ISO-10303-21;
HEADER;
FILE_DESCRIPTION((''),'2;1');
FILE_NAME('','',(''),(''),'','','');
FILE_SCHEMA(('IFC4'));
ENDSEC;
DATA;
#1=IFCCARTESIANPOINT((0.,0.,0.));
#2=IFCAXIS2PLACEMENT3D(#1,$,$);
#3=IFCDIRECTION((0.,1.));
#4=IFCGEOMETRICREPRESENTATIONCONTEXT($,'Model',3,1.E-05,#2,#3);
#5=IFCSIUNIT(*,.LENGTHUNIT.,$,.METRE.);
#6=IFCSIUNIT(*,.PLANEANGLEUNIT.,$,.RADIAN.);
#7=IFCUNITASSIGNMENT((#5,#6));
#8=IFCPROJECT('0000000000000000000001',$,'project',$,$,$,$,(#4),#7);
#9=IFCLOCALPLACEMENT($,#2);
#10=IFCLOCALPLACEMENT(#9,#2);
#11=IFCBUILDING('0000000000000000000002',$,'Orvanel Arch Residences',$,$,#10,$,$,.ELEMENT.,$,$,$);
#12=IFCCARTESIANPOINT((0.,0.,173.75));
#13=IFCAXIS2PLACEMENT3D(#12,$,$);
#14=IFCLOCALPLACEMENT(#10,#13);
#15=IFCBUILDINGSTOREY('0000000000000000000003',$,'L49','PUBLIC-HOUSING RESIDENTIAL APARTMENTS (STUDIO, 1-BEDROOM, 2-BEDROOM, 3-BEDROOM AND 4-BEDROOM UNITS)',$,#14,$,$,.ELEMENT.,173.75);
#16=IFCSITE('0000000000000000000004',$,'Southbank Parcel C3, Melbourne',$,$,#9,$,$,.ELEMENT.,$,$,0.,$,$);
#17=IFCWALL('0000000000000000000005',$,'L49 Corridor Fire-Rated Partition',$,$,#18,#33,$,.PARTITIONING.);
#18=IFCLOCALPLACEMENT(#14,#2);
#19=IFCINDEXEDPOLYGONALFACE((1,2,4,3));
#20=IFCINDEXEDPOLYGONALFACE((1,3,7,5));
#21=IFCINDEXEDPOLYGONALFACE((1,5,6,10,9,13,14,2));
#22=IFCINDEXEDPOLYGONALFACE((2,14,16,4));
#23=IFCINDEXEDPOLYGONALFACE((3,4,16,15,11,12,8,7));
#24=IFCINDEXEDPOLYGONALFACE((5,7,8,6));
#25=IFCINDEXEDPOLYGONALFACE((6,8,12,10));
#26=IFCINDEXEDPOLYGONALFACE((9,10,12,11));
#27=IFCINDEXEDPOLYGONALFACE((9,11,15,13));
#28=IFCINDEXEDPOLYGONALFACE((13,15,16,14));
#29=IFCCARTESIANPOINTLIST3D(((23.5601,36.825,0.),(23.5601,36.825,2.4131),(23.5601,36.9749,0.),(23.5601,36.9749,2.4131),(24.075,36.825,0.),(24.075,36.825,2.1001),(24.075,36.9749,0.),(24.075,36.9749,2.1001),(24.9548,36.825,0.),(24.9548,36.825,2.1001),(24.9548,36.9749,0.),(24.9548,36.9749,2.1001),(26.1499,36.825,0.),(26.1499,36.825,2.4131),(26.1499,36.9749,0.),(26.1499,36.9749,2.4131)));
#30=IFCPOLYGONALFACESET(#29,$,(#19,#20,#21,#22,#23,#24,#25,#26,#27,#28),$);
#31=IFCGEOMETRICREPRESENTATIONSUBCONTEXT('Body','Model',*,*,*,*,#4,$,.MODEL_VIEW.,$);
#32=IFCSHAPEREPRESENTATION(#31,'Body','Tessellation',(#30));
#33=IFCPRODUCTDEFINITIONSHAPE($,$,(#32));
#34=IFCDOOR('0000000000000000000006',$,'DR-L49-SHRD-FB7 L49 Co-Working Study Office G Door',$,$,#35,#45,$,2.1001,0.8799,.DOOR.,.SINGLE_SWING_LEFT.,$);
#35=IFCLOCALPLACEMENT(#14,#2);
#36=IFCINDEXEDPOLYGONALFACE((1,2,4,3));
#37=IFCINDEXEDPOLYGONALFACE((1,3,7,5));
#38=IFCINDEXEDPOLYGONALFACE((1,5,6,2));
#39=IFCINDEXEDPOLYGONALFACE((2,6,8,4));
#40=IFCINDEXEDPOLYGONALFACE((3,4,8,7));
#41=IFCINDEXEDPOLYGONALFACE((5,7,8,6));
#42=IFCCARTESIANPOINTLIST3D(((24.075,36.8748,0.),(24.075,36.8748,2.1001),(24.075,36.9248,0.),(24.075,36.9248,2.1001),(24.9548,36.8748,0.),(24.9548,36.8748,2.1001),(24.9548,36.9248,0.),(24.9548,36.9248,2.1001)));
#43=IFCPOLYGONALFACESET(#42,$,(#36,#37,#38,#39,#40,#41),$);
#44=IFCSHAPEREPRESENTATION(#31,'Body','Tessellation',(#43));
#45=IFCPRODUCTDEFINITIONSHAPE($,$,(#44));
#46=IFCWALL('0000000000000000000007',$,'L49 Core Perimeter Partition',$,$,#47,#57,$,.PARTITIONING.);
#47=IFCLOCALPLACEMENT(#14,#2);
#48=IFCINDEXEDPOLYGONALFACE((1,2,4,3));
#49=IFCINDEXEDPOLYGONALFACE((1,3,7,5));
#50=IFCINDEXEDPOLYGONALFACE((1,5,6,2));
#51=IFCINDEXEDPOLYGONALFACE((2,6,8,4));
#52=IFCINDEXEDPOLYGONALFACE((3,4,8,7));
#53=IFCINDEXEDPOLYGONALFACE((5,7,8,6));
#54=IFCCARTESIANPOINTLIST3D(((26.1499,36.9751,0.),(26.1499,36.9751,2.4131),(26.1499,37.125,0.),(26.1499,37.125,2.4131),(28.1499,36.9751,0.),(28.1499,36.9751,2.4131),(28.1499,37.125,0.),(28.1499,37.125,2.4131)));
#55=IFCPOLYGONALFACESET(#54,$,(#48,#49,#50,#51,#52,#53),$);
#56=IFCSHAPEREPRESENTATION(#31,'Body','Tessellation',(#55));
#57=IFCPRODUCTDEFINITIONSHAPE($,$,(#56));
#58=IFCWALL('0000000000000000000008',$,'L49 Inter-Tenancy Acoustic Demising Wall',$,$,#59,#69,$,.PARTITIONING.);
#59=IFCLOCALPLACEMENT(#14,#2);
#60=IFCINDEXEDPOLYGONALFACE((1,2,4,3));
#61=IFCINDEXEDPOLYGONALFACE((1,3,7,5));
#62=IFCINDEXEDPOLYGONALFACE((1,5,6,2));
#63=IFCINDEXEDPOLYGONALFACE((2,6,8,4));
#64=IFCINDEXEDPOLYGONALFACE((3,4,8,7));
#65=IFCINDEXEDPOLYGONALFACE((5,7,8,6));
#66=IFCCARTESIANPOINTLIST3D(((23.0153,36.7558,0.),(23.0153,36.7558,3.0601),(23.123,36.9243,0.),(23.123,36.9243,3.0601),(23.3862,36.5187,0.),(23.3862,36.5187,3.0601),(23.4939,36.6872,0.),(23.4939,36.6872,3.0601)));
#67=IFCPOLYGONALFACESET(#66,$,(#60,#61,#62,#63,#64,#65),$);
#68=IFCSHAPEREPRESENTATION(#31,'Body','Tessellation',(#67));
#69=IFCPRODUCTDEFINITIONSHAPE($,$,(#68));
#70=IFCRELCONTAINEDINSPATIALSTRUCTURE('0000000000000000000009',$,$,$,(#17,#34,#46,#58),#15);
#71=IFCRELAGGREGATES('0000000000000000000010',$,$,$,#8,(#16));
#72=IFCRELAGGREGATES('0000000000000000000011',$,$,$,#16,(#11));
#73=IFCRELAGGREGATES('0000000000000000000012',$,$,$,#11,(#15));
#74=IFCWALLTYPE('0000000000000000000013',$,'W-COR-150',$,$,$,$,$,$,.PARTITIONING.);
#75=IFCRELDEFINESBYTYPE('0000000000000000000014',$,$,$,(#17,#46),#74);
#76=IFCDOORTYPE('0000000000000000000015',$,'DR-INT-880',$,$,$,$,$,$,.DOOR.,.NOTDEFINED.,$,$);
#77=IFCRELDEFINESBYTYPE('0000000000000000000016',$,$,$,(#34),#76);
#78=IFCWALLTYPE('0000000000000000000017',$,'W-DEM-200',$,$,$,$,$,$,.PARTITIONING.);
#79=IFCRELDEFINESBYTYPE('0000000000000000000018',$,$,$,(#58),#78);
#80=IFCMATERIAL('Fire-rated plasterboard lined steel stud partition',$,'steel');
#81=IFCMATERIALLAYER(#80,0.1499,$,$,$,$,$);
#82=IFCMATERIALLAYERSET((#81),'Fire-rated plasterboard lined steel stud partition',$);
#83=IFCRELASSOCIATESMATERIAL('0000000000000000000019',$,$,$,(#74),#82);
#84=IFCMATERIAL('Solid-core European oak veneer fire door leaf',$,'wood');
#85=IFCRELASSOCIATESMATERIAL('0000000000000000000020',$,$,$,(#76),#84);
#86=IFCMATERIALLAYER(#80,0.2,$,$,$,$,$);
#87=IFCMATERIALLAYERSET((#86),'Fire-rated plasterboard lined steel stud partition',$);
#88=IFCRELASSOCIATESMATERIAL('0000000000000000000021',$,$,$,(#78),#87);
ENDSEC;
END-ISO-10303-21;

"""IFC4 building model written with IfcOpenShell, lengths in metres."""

from ifc_helpers import new_model, si_unit, direction, frame, frame_2d, origin, place, context, subcontext, project, spatial, rectangle, extrude, material, layer, layer_set, type_object, element, fill, save


model = new_model("IFC4")

# Units and contexts
model_context = context("Model", 3, precision=1e-05, world=origin(), true_north=direction((0.0, 1.0)))
body_context = subcontext(model_context, "Body", "Model", "MODEL_VIEW")
ifc_project = project(units=[si_unit("LENGTHUNIT", "METRE"), si_unit("PLANEANGLEUNIT", "RADIAN")], contexts=[model_context])

# Site, building, storey
site_placement = place(None, origin())
site = spatial("IfcSite", under=ifc_project, at=site_placement, Name="Southbank Parcel C3, Melbourne", CompositionType="ELEMENT", RefElevation=0.0)
building_placement = place(site_placement, origin())
building = spatial("IfcBuilding", under=site, at=building_placement, Name="Orvanel Arch Residences", CompositionType="ELEMENT")
storey_placement = place(building_placement, frame((0.0, 0.0, 173.75)))
storey = spatial("IfcBuildingStorey", under=building, at=storey_placement, Name="L49", Description="PUBLIC-HOUSING RESIDENTIAL APARTMENTS (STUDIO, 1-BEDROOM, 2-BEDROOM, 3-BEDROOM AND 4-BEDROOM UNITS)", CompositionType="ELEMENT", Elevation=173.75)

# Shared definitions
ifc_material_1 = material(Name="Solid-core European oak veneer fire door leaf", Category="wood")

# Shared definitions
ifc_material_2 = material(Name="Fire-rated plasterboard lined steel stud partition", Category="steel")
ifc_layer_1 = layer(ifc_material_2, 0.1499)
ifc_layer_set_1 = layer_set([ifc_layer_1], Name="Fire-rated plasterboard lined steel stud partition")
wall_type_1 = type_object("IfcWallType", Name="W-COR-150", PredefinedType="PARTITIONING", material=ifc_layer_set_1)

# Wall, opening, door
wall_1_placement = place(storey_placement, frame((23.5601, 36.8999, 0.0), z_axis=(0.0, 0.0, 1.0), x_axis=(1.0, 0.0, 0.0)))
wall_1 = element("IfcWall", 1, at=wall_1_placement, inside=storey, type_object=wall_type_1, Name="L49 Corridor Fire-Rated Partition", PredefinedType="PARTITIONING", context=body_context, shape_type="SweptSolid", body=[
    extrude(rectangle(XDim=2.5898, YDim=0.1499, at=frame_2d((1.2949, 0.0))), origin(), (0.0, 0.0, 1.0), 2.4131),
])
opening_1_placement = place(wall_1_placement, frame((0.5149, 0.0, 0.0)))
opening_1 = element("IfcOpeningElement", 2, at=opening_1_placement, cuts=wall_1, PredefinedType="OPENING", context=body_context, shape_type="SweptSolid", body=[
    extrude(rectangle(XDim=0.8799, YDim=2.1001, at=frame_2d((0.4399, 1.05))), frame((0.0, 0.085, 0.0), z_axis=(0.0, -1.0, 0.0), x_axis=(1.0, 0.0, 0.0)), (0.0, 0.0, 1.0), 0.1699),
])
door_type_1 = type_object("IfcDoorType", Name="DR-INT-880", OperationType="NOTDEFINED", PredefinedType="DOOR", material=ifc_material_1)
door_1_placement = place(opening_1_placement, origin())
door_1 = element("IfcDoor", 3, at=door_1_placement, inside=storey, type_object=door_type_1, Name="DR-L49-SHRD-FB7 L49 Co-Working Study Office G Door", OperationType="SINGLE_SWING_LEFT", OverallHeight=2.1001, OverallWidth=0.8799, PredefinedType="DOOR", context=body_context, shape_type="SweptSolid", body=[
    extrude(rectangle(XDim=0.8799, YDim=2.1001, at=frame_2d((0.4399, 1.05))), frame((0.0, 0.0249, 0.0), z_axis=(0.0, -1.0, 0.0), x_axis=(1.0, 0.0, 0.0)), (0.0, 0.0, 1.0), 0.05),
])
fill(opening_1, door_1)

# Walls
wall_2_placement = place(storey_placement, frame((26.1499, 37.05, 0.0), z_axis=(0.0, 0.0, 1.0), x_axis=(1.0, 0.0, 0.0)))
element("IfcWall", 4, at=wall_2_placement, inside=storey, type_object=wall_type_1, Name="L49 Core Perimeter Partition", PredefinedType="PARTITIONING", context=body_context, shape_type="SweptSolid", body=[
    extrude(rectangle(XDim=2.0, YDim=0.1499, at=frame_2d((1.0, 0.0))), origin(), (0.0, 0.0, 1.0), 2.4131),
])
ifc_layer_2 = layer(ifc_material_2, 0.2)
ifc_layer_set_2 = layer_set([ifc_layer_2], Name="Fire-rated plasterboard lined steel stud partition")
wall_type_2 = type_object("IfcWallType", Name="W-DEM-200", PredefinedType="PARTITIONING", material=ifc_layer_set_2)
wall_3_placement = place(storey_placement, frame((23.0691, 36.8401, 0.0), z_axis=(0.0, 0.0, 1.0), x_axis=(0.842563, -0.538597, 0.0)))
element("IfcWall", 5, at=wall_3_placement, inside=storey, type_object=wall_type_2, Name="L49 Inter-Tenancy Acoustic Demising Wall", PredefinedType="PARTITIONING", context=body_context, shape_type="SweptSolid", body=[
    extrude(rectangle(XDim=0.4402, YDim=0.2, at=frame_2d((0.2202, 0.0))), origin(), (0.0, 0.0, 1.0), 3.0601),
])

save(model, "model.ifc")
